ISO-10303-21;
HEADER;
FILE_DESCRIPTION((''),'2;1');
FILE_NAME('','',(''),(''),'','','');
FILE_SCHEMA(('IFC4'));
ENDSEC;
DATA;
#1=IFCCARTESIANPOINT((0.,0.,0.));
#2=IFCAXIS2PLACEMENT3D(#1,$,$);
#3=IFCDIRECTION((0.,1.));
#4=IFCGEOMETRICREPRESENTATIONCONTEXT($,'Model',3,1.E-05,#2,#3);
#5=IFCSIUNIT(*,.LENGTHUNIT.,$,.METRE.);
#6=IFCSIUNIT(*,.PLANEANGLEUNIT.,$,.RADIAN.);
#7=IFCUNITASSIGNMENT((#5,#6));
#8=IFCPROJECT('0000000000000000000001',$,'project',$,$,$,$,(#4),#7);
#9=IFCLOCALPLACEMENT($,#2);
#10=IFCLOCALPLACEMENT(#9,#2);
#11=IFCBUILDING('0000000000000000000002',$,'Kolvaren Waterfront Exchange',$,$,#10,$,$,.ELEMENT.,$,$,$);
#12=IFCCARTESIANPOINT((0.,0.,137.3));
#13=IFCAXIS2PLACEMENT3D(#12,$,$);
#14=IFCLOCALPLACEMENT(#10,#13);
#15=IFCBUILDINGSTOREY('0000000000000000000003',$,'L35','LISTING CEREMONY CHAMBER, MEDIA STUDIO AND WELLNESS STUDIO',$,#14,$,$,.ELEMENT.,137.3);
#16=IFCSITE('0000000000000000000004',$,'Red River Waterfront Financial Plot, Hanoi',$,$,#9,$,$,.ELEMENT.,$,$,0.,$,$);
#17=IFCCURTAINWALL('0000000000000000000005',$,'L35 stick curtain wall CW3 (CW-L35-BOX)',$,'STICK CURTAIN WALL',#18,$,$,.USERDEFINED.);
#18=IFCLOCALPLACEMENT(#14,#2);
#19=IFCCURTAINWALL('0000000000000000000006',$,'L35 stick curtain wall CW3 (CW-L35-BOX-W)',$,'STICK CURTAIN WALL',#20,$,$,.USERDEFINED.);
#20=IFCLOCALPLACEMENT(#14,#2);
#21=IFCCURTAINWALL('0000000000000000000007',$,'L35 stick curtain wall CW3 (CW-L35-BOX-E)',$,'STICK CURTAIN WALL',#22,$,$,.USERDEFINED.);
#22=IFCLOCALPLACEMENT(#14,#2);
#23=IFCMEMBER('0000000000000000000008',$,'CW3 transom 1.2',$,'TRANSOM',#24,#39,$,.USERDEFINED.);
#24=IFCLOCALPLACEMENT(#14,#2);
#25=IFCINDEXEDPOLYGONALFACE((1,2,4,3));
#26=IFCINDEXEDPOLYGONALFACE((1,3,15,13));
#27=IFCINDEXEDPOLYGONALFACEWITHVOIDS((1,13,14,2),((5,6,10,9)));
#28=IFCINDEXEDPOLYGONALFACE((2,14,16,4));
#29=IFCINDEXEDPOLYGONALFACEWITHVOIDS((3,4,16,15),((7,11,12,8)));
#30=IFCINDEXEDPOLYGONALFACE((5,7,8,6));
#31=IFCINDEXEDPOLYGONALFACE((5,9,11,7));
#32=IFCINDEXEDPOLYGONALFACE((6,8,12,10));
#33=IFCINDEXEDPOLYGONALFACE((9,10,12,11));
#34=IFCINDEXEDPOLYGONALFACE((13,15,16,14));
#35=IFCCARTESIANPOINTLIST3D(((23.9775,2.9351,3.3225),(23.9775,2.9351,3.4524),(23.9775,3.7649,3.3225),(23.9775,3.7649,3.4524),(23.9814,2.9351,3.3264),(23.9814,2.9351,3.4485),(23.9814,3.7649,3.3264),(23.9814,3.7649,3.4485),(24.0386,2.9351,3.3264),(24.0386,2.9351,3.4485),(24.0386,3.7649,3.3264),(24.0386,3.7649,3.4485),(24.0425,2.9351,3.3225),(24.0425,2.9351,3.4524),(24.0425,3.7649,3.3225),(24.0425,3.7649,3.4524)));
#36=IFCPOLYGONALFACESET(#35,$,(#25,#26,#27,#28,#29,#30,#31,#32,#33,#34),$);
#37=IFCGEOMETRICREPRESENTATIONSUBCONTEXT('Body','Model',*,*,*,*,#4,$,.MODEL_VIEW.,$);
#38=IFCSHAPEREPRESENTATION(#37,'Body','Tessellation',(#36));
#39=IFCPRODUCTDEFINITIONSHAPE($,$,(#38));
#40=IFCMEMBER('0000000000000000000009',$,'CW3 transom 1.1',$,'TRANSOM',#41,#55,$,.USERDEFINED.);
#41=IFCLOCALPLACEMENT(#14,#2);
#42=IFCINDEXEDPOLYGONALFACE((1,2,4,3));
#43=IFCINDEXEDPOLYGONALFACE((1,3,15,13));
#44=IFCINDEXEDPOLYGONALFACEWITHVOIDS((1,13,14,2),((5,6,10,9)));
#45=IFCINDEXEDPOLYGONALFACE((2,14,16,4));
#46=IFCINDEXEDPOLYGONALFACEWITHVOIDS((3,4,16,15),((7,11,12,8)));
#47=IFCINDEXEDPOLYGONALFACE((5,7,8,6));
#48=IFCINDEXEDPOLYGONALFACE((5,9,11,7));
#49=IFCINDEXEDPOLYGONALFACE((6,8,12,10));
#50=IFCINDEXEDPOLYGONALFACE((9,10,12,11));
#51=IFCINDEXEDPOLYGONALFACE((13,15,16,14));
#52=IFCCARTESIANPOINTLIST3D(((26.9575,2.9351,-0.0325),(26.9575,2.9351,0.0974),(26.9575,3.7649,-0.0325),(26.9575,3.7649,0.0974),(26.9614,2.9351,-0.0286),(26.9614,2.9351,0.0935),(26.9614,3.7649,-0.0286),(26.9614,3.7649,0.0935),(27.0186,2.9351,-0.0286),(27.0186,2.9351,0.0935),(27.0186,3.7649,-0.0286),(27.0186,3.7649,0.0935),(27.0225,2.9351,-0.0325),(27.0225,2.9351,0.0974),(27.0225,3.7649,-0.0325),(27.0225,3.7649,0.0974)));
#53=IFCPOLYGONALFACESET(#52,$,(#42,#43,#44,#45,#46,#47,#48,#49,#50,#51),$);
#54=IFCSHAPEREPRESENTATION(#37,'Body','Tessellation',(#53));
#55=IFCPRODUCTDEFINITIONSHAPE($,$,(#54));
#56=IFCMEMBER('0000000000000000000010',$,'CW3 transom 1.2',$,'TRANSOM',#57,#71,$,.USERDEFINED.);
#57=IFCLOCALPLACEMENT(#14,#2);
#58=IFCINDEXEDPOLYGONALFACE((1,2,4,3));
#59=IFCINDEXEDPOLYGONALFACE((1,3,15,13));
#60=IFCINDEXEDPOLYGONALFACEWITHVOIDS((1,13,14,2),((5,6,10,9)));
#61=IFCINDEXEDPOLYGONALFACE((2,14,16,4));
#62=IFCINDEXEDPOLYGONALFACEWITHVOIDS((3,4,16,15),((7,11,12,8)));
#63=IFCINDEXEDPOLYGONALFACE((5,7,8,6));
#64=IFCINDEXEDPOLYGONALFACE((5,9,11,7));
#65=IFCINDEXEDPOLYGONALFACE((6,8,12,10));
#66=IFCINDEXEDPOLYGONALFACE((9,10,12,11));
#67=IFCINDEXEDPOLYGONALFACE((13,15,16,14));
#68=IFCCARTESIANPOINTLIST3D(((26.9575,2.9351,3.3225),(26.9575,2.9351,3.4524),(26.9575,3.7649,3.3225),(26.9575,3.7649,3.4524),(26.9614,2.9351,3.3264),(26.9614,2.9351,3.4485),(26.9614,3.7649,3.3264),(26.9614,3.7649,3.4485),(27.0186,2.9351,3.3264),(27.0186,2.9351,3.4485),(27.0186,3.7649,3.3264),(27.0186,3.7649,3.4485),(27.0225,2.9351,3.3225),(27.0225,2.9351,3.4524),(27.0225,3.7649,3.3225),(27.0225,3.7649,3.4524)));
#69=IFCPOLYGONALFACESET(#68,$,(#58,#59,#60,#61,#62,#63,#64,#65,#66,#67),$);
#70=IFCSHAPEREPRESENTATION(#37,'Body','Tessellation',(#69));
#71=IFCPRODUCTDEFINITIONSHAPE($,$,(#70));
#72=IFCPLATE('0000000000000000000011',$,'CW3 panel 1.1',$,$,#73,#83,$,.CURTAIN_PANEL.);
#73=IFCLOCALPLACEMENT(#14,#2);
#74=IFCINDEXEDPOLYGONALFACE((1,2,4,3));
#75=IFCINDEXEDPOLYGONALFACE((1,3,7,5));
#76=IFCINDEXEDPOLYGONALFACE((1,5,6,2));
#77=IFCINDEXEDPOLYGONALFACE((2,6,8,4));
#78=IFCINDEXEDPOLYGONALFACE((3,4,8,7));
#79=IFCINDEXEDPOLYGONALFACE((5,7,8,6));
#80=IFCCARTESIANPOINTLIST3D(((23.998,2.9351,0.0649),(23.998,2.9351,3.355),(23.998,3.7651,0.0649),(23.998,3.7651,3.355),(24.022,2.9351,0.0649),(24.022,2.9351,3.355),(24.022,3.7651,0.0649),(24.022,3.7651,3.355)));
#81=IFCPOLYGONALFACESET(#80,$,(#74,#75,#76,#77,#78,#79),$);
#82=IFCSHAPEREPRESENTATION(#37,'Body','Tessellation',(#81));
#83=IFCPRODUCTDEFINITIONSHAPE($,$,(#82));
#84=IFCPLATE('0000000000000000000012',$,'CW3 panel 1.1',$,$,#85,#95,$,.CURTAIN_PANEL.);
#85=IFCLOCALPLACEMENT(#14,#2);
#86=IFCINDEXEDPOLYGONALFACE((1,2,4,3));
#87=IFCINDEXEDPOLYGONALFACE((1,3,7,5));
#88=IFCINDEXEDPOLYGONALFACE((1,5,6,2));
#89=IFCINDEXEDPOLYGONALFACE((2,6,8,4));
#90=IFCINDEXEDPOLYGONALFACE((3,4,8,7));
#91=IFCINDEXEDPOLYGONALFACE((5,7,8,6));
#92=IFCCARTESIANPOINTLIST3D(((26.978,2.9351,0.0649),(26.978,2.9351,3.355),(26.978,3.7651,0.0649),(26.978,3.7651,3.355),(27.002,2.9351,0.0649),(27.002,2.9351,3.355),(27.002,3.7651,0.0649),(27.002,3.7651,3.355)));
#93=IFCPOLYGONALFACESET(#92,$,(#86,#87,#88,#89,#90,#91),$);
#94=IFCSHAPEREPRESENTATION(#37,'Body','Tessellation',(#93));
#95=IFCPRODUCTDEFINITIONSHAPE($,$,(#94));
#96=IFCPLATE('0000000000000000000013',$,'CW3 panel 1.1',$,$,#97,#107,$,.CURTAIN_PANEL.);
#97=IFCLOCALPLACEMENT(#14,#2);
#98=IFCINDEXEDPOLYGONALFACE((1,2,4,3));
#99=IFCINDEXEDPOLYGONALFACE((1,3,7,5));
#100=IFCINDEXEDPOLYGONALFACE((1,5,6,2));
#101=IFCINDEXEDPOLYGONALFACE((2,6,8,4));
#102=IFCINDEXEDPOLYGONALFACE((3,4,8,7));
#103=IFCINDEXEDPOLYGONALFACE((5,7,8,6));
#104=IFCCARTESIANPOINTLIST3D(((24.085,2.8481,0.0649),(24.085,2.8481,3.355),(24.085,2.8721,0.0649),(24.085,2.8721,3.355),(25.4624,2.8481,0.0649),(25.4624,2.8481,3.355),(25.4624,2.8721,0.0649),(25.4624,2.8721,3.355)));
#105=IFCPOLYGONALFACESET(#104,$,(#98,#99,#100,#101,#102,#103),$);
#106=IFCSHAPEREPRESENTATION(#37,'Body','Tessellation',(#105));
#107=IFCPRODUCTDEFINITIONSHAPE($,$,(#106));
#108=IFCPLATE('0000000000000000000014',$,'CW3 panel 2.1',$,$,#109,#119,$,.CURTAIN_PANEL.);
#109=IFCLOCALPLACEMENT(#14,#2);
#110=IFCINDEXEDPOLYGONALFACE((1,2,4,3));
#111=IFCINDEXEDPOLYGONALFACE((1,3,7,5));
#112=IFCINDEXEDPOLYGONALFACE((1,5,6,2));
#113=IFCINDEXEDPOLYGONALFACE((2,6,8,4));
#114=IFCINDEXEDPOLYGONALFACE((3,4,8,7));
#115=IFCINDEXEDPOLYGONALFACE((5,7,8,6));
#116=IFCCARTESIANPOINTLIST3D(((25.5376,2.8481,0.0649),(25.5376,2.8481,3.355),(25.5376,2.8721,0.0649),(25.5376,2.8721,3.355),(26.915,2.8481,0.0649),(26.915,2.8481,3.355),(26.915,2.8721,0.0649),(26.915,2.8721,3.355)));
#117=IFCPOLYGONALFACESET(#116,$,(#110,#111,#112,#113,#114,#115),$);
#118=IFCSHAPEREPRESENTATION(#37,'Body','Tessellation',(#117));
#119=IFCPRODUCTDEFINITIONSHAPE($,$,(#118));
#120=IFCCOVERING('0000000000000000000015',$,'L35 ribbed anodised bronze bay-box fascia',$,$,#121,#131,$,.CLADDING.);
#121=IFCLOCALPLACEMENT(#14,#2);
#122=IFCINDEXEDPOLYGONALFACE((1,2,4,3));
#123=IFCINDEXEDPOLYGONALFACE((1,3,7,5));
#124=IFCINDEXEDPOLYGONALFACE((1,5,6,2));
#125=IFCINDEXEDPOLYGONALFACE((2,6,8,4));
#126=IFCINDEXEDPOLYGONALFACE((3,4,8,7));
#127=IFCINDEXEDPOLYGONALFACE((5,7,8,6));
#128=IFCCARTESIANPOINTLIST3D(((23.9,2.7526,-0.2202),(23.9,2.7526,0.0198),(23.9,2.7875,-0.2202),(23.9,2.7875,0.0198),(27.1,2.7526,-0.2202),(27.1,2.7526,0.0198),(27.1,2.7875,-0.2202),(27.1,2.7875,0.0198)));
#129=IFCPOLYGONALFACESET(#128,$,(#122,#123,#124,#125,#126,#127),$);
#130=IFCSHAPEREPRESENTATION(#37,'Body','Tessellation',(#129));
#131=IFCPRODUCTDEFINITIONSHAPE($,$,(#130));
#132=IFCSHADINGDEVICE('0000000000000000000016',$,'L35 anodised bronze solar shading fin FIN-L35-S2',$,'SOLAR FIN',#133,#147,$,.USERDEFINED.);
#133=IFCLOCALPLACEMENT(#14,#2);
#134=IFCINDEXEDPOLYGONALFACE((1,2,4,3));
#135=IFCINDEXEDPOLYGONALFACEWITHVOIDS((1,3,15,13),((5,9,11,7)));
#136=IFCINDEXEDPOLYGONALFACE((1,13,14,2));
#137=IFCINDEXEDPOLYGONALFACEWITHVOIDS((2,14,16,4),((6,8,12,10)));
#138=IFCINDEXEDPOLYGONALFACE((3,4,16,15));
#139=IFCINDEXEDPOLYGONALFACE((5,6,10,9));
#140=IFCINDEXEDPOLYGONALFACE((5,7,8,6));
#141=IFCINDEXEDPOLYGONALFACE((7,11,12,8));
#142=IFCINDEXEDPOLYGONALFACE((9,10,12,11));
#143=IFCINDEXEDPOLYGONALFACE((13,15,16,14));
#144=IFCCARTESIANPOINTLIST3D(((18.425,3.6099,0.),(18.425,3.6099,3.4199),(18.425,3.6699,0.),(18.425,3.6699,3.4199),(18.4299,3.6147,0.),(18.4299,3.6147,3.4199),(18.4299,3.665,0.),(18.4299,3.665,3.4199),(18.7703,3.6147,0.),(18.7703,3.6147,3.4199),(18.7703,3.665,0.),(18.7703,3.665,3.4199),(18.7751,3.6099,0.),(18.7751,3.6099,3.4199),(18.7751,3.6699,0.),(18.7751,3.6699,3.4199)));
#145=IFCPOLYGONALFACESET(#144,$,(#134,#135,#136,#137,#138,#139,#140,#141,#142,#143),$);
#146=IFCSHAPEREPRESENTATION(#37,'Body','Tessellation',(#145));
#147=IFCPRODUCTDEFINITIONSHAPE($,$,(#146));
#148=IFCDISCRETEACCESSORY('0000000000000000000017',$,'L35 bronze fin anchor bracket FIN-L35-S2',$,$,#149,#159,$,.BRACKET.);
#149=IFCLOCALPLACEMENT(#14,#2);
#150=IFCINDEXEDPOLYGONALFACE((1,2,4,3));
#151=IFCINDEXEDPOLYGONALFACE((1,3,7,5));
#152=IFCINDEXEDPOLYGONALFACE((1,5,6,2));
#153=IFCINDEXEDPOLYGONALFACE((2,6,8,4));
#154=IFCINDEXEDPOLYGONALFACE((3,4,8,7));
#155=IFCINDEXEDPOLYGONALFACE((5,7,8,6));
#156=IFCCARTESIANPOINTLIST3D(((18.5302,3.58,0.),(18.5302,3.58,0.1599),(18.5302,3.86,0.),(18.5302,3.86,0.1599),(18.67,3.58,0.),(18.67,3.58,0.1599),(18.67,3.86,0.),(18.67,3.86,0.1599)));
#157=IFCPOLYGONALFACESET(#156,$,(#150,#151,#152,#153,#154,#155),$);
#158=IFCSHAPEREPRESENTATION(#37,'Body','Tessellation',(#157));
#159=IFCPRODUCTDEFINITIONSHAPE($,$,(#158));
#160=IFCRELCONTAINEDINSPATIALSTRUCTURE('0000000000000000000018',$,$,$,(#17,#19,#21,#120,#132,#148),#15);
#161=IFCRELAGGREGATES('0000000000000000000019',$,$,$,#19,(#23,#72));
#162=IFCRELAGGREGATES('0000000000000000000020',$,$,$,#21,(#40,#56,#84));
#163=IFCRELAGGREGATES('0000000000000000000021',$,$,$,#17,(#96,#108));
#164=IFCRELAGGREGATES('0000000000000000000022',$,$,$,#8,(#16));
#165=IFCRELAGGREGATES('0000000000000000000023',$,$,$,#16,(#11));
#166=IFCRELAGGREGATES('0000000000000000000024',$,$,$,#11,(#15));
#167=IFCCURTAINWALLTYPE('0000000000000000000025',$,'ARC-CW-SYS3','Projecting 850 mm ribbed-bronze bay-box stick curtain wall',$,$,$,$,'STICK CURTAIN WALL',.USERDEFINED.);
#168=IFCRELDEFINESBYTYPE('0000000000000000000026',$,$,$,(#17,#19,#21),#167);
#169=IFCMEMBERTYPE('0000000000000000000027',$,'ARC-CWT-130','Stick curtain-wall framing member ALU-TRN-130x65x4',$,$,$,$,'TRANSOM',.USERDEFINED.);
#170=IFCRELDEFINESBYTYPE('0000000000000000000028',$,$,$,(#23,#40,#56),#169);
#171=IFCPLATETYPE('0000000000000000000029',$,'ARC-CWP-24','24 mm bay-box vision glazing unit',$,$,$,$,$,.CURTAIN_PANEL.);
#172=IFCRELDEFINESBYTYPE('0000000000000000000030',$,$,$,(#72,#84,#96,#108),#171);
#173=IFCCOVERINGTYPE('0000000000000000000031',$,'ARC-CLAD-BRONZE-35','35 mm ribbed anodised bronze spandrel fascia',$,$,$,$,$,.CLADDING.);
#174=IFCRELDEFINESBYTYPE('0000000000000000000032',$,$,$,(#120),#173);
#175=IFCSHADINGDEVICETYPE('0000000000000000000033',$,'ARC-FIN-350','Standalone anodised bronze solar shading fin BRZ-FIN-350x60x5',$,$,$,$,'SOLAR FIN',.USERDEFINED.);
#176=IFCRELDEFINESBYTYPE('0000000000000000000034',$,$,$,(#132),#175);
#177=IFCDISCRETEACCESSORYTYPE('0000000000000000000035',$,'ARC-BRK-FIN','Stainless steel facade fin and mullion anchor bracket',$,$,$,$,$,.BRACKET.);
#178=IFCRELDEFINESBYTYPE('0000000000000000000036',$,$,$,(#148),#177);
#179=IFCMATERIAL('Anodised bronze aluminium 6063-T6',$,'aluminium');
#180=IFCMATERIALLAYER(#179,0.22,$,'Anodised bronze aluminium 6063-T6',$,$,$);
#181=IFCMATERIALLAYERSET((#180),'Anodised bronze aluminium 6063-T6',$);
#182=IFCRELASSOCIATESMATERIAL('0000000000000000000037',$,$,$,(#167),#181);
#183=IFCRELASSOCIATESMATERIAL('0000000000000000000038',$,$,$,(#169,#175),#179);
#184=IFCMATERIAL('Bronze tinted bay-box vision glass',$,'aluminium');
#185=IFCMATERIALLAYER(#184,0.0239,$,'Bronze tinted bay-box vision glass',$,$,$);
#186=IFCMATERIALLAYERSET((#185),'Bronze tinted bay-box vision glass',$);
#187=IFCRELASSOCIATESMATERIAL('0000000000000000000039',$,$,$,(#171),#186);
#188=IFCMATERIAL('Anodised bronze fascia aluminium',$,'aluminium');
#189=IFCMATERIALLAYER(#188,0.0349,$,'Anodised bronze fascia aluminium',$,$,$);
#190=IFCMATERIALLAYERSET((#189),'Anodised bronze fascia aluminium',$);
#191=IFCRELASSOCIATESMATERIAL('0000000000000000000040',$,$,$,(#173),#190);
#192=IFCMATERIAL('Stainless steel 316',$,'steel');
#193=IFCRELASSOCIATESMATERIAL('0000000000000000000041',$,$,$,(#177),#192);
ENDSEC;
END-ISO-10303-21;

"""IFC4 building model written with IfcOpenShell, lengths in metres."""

from ifc_helpers import new_model, si_unit, direction, frame, origin, origin_with_axes, origin_2d, place, context, subcontext, project, spatial, rectangle, hollow_rectangle, extrude, source, transform, mapped, material, layer, layer_set, material_profile, profile_set, type_object, element, aggregate, save


model = new_model("IFC4")

# Units and contexts
model_context = context("Model", 3, precision=1e-05, world=origin(), true_north=direction((0.0, 1.0)))
body_context = subcontext(model_context, "Body", "Model", "MODEL_VIEW")
ifc_project = project(units=[si_unit("LENGTHUNIT", "METRE"), si_unit("PLANEANGLEUNIT", "RADIAN")], contexts=[model_context])

# Site, building, storey
site_placement = place(None, origin())
site = spatial("IfcSite", under=ifc_project, at=site_placement, Name="Red River Waterfront Financial Plot, Hanoi", CompositionType="ELEMENT", RefElevation=0.0)
building_placement = place(site_placement, origin())
building = spatial("IfcBuilding", under=site, at=building_placement, Name="Kolvaren Waterfront Exchange", CompositionType="ELEMENT")
storey_placement = place(building_placement, frame((0.0, 0.0, 137.3)))
storey = spatial("IfcBuildingStorey", under=building, at=storey_placement, Name="L35", Description="LISTING CEREMONY CHAMBER, MEDIA STUDIO AND WELLNESS STUDIO", CompositionType="ELEMENT", Elevation=137.3)

# Curtain wall
ifc_material_1 = material(Name="Anodised bronze aluminium 6063-T6", Category="aluminium")
ifc_layer_1 = layer(ifc_material_1, 0.22, Name="Anodised bronze aluminium 6063-T6")
ifc_layer_set_1 = layer_set([ifc_layer_1], Name="Anodised bronze aluminium 6063-T6")
curtain_wall_type = type_object("IfcCurtainWallType", Name="ARC-CW-SYS3", Description="Projecting 850 mm ribbed-bronze bay-box stick curtain wall", ElementType="STICK CURTAIN WALL", PredefinedType="USERDEFINED", material=ifc_layer_set_1)
curtain_wall_1_placement = place(storey_placement, origin())
curtain_wall_1 = element("IfcCurtainWall", 1, at=curtain_wall_1_placement, inside=storey, type_object=curtain_wall_type, Name="L35 stick curtain wall CW3 (CW-L35-BOX)", ObjectType="STICK CURTAIN WALL", PredefinedType="USERDEFINED")
ifc_material_profile_1 = material_profile(ifc_material_1, hollow_rectangle(XDim=0.0649, YDim=0.1299, WallThickness=0.0039, at=origin_2d()), Name="ALU-TRN-130x65x4")
ifc_profile_set_1 = profile_set([ifc_material_profile_1], Name="Anodised bronze aluminium 6063-T6")
member_type_1 = type_object("IfcMemberType", Name="ARC-CWT-130", Description="Stick curtain-wall framing member ALU-TRN-130x65x4", ElementType="TRANSOM", PredefinedType="USERDEFINED", material=ifc_profile_set_1)

# Curtain wall
curtain_wall_2_placement = place(storey_placement, origin())
curtain_wall_2 = element("IfcCurtainWall", 2, at=curtain_wall_2_placement, inside=storey, type_object=curtain_wall_type, Name="L35 stick curtain wall CW3 (CW-L35-BOX-W)", ObjectType="STICK CURTAIN WALL", PredefinedType="USERDEFINED")

# Curtain wall
curtain_wall_3_placement = place(storey_placement, origin())
curtain_wall_3 = element("IfcCurtainWall", 3, at=curtain_wall_3_placement, inside=storey, type_object=curtain_wall_type, Name="L35 stick curtain wall CW3 (CW-L35-BOX-E)", ObjectType="STICK CURTAIN WALL", PredefinedType="USERDEFINED")

# Members
shared_shape_1 = source(origin_with_axes(), body_context, "Body", "SweptSolid", [
    extrude(hollow_rectangle(XDim=0.0649, YDim=0.1299, WallThickness=0.0039, at=origin_2d()), origin(), (0.0, 0.0, 1.0), 0.8298),
])
member_1_placement = place(storey_placement, frame((24.01, 3.7649, 3.3875), z_axis=(0.0, -1.0, 0.0), x_axis=(1.0, 0.0, 0.0)))
member_1 = element("IfcMember", 4, at=member_1_placement, type_object=member_type_1, Name="CW3 transom 1.2", ObjectType="TRANSOM", PredefinedType="USERDEFINED", context=body_context, shape_type="MappedRepresentation", body=[
    mapped(shared_shape_1, transform((0.0, 0.0, 0.0), x_axis=(1.0, 0.0, 0.0), y_axis=(0.0, 1.0, 0.0), z_axis=(0.0, 0.0, 1.0), scale=1.0)),
])
member_2_placement = place(storey_placement, frame((26.99, 2.9351, 0.0325), z_axis=(0.0, 1.0, 0.0), x_axis=(-1.0, 0.0, 0.0)))
member_2 = element("IfcMember", 5, at=member_2_placement, type_object=member_type_1, Name="CW3 transom 1.1", ObjectType="TRANSOM", PredefinedType="USERDEFINED", context=body_context, shape_type="MappedRepresentation", body=[
    mapped(shared_shape_1, transform((0.0, 0.0, 0.0), x_axis=(1.0, 0.0, 0.0), y_axis=(0.0, 1.0, 0.0), z_axis=(0.0, 0.0, 1.0), scale=1.0)),
])
member_3_placement = place(storey_placement, frame((26.99, 2.9351, 3.3875), z_axis=(0.0, 1.0, 0.0), x_axis=(-1.0, 0.0, 0.0)))
member_3 = element("IfcMember", 6, at=member_3_placement, type_object=member_type_1, Name="CW3 transom 1.2", ObjectType="TRANSOM", PredefinedType="USERDEFINED", context=body_context, shape_type="MappedRepresentation", body=[
    mapped(shared_shape_1, transform((0.0, 0.0, 0.0), x_axis=(1.0, 0.0, 0.0), y_axis=(0.0, 1.0, 0.0), z_axis=(0.0, 0.0, 1.0), scale=1.0)),
])

# Plates
ifc_material_2 = material(Name="Bronze tinted bay-box vision glass", Category="aluminium")
ifc_layer_2 = layer(ifc_material_2, 0.0239, Name="Bronze tinted bay-box vision glass")
ifc_layer_set_2 = layer_set([ifc_layer_2], Name="Bronze tinted bay-box vision glass")
plate_type = type_object("IfcPlateType", Name="ARC-CWP-24", Description="24 mm bay-box vision glazing unit", PredefinedType="CURTAIN_PANEL", material=ifc_layer_set_2)
shared_shape_2 = source(origin_with_axes(), body_context, "Body", "SweptSolid", [
    extrude(rectangle(XDim=0.8301, YDim=0.0239, at=origin_2d()), origin(), (0.0, 0.0, 1.0), 3.29),
])
plate_1_placement = place(storey_placement, frame((24.01, 3.3501, 0.0649), z_axis=(0.0, 0.0, 1.0), x_axis=(0.0, -1.0, 0.0)))
plate_1 = element("IfcPlate", 7, at=plate_1_placement, type_object=plate_type, Name="CW3 panel 1.1", PredefinedType="CURTAIN_PANEL", context=body_context, shape_type="MappedRepresentation", body=[
    mapped(shared_shape_2, transform((0.0, 0.0, 0.0), x_axis=(1.0, 0.0, 0.0), y_axis=(0.0, 1.0, 0.0), z_axis=(0.0, 0.0, 1.0), scale=1.0)),
])
aggregate(curtain_wall_2, [member_1, plate_1])
plate_2_placement = place(storey_placement, frame((26.99, 3.3501, 0.0649), z_axis=(0.0, 0.0, 1.0), x_axis=(0.0, 1.0, 0.0)))
plate_2 = element("IfcPlate", 8, at=plate_2_placement, type_object=plate_type, Name="CW3 panel 1.1", PredefinedType="CURTAIN_PANEL", context=body_context, shape_type="MappedRepresentation", body=[
    mapped(shared_shape_2, transform((0.0, 0.0, 0.0), x_axis=(1.0, 0.0, 0.0), y_axis=(0.0, 1.0, 0.0), z_axis=(0.0, 0.0, 1.0), scale=1.0)),
])
aggregate(curtain_wall_3, [member_2, member_3, plate_2])
shared_shape_3 = source(origin_with_axes(), body_context, "Body", "SweptSolid", [
    extrude(rectangle(XDim=1.3774, YDim=0.0239, at=origin_2d()), origin(), (0.0, 0.0, 1.0), 3.29),
])
plate_3_placement = place(storey_placement, frame((24.7737, 2.8601, 0.0649), z_axis=(0.0, 0.0, 1.0), x_axis=(1.0, 0.0, 0.0)))
plate_3 = element("IfcPlate", 9, at=plate_3_placement, type_object=plate_type, Name="CW3 panel 1.1", PredefinedType="CURTAIN_PANEL", context=body_context, shape_type="MappedRepresentation", body=[
    mapped(shared_shape_3, transform((0.0, 0.0, 0.0), x_axis=(1.0, 0.0, 0.0), y_axis=(0.0, 1.0, 0.0), z_axis=(0.0, 0.0, 1.0), scale=1.0)),
])
plate_4_placement = place(storey_placement, frame((26.2263, 2.8601, 0.0649), z_axis=(0.0, 0.0, 1.0), x_axis=(1.0, 0.0, 0.0)))
plate_4 = element("IfcPlate", 10, at=plate_4_placement, type_object=plate_type, Name="CW3 panel 2.1", PredefinedType="CURTAIN_PANEL", context=body_context, shape_type="MappedRepresentation", body=[
    mapped(shared_shape_3, transform((0.0, 0.0, 0.0), x_axis=(1.0, 0.0, 0.0), y_axis=(0.0, 1.0, 0.0), z_axis=(0.0, 0.0, 1.0), scale=1.0)),
])
aggregate(curtain_wall_1, [plate_3, plate_4])

# Covering
ifc_material_3 = material(Name="Anodised bronze fascia aluminium", Category="aluminium")
ifc_layer_3 = layer(ifc_material_3, 0.0349, Name="Anodised bronze fascia aluminium")
ifc_layer_set_3 = layer_set([ifc_layer_3], Name="Anodised bronze fascia aluminium")
covering_type = type_object("IfcCoveringType", Name="ARC-CLAD-BRONZE-35", Description="35 mm ribbed anodised bronze spandrel fascia", PredefinedType="CLADDING", material=ifc_layer_set_3)
covering_placement = place(storey_placement, frame((25.5, 2.77, -0.2202), z_axis=(0.0, 0.0, 1.0), x_axis=(1.0, 0.0, 0.0)))
element("IfcCovering", 11, at=covering_placement, inside=storey, type_object=covering_type, Name="L35 ribbed anodised bronze bay-box fascia", PredefinedType="CLADDING", context=body_context, shape_type="SweptSolid", body=[
    extrude(rectangle(XDim=3.2, YDim=0.0349, at=origin_2d()), origin(), (0.0, 0.0, 1.0), 0.24),
])

# Shading device
ifc_material_profile_2 = material_profile(ifc_material_1, hollow_rectangle(XDim=0.0601, YDim=0.3501, WallThickness=0.0049, at=origin_2d()), Name="BRZ-FIN-350x60x5")
ifc_profile_set_2 = profile_set([ifc_material_profile_2], Name="Anodised bronze aluminium 6063-T6")
shading_device_type = type_object("IfcShadingDeviceType", Name="ARC-FIN-350", Description="Standalone anodised bronze solar shading fin BRZ-FIN-350x60x5", ElementType="SOLAR FIN", PredefinedType="USERDEFINED", material=ifc_profile_set_2)
shading_device_placement = place(storey_placement, frame((18.6001, 3.6399, 0.0), z_axis=(0.0, 0.0, 1.0), x_axis=(0.0, -1.0, 0.0)))
element("IfcShadingDevice", 12, at=shading_device_placement, inside=storey, type_object=shading_device_type, Name="L35 anodised bronze solar shading fin FIN-L35-S2", ObjectType="SOLAR FIN", PredefinedType="USERDEFINED", context=body_context, shape_type="SweptSolid", body=[
    extrude(hollow_rectangle(XDim=0.0601, YDim=0.3501, WallThickness=0.0049, at=origin_2d()), origin(), (0.0, 0.0, 1.0), 3.4199),
])

# Discrete accessory
ifc_material_4 = material(Name="Stainless steel 316", Category="steel")
discrete_accessory_type = type_object("IfcDiscreteAccessoryType", Name="ARC-BRK-FIN", Description="Stainless steel facade fin and mullion anchor bracket", PredefinedType="BRACKET", material=ifc_material_4)
shared_shape_4 = source(origin_with_axes(), body_context, "Body", "SweptSolid", [
    extrude(rectangle(XDim=0.28, YDim=0.1399, at=origin_2d()), origin(), (0.0, 0.0, 1.0), 0.1599),
])
discrete_accessory_placement = place(storey_placement, frame((18.6001, 3.72, 0.0), z_axis=(0.0, 0.0, 1.0), x_axis=(0.0, -1.0, 0.0)))
element("IfcDiscreteAccessory", 13, at=discrete_accessory_placement, inside=storey, type_object=discrete_accessory_type, Name="L35 bronze fin anchor bracket FIN-L35-S2", PredefinedType="BRACKET", context=body_context, shape_type="MappedRepresentation", body=[
    mapped(shared_shape_4, transform((0.0, 0.0, 0.0), x_axis=(1.0, 0.0, 0.0), y_axis=(0.0, 1.0, 0.0), z_axis=(0.0, 0.0, 1.0), scale=1.0)),
])

save(model, "model.ifc")
